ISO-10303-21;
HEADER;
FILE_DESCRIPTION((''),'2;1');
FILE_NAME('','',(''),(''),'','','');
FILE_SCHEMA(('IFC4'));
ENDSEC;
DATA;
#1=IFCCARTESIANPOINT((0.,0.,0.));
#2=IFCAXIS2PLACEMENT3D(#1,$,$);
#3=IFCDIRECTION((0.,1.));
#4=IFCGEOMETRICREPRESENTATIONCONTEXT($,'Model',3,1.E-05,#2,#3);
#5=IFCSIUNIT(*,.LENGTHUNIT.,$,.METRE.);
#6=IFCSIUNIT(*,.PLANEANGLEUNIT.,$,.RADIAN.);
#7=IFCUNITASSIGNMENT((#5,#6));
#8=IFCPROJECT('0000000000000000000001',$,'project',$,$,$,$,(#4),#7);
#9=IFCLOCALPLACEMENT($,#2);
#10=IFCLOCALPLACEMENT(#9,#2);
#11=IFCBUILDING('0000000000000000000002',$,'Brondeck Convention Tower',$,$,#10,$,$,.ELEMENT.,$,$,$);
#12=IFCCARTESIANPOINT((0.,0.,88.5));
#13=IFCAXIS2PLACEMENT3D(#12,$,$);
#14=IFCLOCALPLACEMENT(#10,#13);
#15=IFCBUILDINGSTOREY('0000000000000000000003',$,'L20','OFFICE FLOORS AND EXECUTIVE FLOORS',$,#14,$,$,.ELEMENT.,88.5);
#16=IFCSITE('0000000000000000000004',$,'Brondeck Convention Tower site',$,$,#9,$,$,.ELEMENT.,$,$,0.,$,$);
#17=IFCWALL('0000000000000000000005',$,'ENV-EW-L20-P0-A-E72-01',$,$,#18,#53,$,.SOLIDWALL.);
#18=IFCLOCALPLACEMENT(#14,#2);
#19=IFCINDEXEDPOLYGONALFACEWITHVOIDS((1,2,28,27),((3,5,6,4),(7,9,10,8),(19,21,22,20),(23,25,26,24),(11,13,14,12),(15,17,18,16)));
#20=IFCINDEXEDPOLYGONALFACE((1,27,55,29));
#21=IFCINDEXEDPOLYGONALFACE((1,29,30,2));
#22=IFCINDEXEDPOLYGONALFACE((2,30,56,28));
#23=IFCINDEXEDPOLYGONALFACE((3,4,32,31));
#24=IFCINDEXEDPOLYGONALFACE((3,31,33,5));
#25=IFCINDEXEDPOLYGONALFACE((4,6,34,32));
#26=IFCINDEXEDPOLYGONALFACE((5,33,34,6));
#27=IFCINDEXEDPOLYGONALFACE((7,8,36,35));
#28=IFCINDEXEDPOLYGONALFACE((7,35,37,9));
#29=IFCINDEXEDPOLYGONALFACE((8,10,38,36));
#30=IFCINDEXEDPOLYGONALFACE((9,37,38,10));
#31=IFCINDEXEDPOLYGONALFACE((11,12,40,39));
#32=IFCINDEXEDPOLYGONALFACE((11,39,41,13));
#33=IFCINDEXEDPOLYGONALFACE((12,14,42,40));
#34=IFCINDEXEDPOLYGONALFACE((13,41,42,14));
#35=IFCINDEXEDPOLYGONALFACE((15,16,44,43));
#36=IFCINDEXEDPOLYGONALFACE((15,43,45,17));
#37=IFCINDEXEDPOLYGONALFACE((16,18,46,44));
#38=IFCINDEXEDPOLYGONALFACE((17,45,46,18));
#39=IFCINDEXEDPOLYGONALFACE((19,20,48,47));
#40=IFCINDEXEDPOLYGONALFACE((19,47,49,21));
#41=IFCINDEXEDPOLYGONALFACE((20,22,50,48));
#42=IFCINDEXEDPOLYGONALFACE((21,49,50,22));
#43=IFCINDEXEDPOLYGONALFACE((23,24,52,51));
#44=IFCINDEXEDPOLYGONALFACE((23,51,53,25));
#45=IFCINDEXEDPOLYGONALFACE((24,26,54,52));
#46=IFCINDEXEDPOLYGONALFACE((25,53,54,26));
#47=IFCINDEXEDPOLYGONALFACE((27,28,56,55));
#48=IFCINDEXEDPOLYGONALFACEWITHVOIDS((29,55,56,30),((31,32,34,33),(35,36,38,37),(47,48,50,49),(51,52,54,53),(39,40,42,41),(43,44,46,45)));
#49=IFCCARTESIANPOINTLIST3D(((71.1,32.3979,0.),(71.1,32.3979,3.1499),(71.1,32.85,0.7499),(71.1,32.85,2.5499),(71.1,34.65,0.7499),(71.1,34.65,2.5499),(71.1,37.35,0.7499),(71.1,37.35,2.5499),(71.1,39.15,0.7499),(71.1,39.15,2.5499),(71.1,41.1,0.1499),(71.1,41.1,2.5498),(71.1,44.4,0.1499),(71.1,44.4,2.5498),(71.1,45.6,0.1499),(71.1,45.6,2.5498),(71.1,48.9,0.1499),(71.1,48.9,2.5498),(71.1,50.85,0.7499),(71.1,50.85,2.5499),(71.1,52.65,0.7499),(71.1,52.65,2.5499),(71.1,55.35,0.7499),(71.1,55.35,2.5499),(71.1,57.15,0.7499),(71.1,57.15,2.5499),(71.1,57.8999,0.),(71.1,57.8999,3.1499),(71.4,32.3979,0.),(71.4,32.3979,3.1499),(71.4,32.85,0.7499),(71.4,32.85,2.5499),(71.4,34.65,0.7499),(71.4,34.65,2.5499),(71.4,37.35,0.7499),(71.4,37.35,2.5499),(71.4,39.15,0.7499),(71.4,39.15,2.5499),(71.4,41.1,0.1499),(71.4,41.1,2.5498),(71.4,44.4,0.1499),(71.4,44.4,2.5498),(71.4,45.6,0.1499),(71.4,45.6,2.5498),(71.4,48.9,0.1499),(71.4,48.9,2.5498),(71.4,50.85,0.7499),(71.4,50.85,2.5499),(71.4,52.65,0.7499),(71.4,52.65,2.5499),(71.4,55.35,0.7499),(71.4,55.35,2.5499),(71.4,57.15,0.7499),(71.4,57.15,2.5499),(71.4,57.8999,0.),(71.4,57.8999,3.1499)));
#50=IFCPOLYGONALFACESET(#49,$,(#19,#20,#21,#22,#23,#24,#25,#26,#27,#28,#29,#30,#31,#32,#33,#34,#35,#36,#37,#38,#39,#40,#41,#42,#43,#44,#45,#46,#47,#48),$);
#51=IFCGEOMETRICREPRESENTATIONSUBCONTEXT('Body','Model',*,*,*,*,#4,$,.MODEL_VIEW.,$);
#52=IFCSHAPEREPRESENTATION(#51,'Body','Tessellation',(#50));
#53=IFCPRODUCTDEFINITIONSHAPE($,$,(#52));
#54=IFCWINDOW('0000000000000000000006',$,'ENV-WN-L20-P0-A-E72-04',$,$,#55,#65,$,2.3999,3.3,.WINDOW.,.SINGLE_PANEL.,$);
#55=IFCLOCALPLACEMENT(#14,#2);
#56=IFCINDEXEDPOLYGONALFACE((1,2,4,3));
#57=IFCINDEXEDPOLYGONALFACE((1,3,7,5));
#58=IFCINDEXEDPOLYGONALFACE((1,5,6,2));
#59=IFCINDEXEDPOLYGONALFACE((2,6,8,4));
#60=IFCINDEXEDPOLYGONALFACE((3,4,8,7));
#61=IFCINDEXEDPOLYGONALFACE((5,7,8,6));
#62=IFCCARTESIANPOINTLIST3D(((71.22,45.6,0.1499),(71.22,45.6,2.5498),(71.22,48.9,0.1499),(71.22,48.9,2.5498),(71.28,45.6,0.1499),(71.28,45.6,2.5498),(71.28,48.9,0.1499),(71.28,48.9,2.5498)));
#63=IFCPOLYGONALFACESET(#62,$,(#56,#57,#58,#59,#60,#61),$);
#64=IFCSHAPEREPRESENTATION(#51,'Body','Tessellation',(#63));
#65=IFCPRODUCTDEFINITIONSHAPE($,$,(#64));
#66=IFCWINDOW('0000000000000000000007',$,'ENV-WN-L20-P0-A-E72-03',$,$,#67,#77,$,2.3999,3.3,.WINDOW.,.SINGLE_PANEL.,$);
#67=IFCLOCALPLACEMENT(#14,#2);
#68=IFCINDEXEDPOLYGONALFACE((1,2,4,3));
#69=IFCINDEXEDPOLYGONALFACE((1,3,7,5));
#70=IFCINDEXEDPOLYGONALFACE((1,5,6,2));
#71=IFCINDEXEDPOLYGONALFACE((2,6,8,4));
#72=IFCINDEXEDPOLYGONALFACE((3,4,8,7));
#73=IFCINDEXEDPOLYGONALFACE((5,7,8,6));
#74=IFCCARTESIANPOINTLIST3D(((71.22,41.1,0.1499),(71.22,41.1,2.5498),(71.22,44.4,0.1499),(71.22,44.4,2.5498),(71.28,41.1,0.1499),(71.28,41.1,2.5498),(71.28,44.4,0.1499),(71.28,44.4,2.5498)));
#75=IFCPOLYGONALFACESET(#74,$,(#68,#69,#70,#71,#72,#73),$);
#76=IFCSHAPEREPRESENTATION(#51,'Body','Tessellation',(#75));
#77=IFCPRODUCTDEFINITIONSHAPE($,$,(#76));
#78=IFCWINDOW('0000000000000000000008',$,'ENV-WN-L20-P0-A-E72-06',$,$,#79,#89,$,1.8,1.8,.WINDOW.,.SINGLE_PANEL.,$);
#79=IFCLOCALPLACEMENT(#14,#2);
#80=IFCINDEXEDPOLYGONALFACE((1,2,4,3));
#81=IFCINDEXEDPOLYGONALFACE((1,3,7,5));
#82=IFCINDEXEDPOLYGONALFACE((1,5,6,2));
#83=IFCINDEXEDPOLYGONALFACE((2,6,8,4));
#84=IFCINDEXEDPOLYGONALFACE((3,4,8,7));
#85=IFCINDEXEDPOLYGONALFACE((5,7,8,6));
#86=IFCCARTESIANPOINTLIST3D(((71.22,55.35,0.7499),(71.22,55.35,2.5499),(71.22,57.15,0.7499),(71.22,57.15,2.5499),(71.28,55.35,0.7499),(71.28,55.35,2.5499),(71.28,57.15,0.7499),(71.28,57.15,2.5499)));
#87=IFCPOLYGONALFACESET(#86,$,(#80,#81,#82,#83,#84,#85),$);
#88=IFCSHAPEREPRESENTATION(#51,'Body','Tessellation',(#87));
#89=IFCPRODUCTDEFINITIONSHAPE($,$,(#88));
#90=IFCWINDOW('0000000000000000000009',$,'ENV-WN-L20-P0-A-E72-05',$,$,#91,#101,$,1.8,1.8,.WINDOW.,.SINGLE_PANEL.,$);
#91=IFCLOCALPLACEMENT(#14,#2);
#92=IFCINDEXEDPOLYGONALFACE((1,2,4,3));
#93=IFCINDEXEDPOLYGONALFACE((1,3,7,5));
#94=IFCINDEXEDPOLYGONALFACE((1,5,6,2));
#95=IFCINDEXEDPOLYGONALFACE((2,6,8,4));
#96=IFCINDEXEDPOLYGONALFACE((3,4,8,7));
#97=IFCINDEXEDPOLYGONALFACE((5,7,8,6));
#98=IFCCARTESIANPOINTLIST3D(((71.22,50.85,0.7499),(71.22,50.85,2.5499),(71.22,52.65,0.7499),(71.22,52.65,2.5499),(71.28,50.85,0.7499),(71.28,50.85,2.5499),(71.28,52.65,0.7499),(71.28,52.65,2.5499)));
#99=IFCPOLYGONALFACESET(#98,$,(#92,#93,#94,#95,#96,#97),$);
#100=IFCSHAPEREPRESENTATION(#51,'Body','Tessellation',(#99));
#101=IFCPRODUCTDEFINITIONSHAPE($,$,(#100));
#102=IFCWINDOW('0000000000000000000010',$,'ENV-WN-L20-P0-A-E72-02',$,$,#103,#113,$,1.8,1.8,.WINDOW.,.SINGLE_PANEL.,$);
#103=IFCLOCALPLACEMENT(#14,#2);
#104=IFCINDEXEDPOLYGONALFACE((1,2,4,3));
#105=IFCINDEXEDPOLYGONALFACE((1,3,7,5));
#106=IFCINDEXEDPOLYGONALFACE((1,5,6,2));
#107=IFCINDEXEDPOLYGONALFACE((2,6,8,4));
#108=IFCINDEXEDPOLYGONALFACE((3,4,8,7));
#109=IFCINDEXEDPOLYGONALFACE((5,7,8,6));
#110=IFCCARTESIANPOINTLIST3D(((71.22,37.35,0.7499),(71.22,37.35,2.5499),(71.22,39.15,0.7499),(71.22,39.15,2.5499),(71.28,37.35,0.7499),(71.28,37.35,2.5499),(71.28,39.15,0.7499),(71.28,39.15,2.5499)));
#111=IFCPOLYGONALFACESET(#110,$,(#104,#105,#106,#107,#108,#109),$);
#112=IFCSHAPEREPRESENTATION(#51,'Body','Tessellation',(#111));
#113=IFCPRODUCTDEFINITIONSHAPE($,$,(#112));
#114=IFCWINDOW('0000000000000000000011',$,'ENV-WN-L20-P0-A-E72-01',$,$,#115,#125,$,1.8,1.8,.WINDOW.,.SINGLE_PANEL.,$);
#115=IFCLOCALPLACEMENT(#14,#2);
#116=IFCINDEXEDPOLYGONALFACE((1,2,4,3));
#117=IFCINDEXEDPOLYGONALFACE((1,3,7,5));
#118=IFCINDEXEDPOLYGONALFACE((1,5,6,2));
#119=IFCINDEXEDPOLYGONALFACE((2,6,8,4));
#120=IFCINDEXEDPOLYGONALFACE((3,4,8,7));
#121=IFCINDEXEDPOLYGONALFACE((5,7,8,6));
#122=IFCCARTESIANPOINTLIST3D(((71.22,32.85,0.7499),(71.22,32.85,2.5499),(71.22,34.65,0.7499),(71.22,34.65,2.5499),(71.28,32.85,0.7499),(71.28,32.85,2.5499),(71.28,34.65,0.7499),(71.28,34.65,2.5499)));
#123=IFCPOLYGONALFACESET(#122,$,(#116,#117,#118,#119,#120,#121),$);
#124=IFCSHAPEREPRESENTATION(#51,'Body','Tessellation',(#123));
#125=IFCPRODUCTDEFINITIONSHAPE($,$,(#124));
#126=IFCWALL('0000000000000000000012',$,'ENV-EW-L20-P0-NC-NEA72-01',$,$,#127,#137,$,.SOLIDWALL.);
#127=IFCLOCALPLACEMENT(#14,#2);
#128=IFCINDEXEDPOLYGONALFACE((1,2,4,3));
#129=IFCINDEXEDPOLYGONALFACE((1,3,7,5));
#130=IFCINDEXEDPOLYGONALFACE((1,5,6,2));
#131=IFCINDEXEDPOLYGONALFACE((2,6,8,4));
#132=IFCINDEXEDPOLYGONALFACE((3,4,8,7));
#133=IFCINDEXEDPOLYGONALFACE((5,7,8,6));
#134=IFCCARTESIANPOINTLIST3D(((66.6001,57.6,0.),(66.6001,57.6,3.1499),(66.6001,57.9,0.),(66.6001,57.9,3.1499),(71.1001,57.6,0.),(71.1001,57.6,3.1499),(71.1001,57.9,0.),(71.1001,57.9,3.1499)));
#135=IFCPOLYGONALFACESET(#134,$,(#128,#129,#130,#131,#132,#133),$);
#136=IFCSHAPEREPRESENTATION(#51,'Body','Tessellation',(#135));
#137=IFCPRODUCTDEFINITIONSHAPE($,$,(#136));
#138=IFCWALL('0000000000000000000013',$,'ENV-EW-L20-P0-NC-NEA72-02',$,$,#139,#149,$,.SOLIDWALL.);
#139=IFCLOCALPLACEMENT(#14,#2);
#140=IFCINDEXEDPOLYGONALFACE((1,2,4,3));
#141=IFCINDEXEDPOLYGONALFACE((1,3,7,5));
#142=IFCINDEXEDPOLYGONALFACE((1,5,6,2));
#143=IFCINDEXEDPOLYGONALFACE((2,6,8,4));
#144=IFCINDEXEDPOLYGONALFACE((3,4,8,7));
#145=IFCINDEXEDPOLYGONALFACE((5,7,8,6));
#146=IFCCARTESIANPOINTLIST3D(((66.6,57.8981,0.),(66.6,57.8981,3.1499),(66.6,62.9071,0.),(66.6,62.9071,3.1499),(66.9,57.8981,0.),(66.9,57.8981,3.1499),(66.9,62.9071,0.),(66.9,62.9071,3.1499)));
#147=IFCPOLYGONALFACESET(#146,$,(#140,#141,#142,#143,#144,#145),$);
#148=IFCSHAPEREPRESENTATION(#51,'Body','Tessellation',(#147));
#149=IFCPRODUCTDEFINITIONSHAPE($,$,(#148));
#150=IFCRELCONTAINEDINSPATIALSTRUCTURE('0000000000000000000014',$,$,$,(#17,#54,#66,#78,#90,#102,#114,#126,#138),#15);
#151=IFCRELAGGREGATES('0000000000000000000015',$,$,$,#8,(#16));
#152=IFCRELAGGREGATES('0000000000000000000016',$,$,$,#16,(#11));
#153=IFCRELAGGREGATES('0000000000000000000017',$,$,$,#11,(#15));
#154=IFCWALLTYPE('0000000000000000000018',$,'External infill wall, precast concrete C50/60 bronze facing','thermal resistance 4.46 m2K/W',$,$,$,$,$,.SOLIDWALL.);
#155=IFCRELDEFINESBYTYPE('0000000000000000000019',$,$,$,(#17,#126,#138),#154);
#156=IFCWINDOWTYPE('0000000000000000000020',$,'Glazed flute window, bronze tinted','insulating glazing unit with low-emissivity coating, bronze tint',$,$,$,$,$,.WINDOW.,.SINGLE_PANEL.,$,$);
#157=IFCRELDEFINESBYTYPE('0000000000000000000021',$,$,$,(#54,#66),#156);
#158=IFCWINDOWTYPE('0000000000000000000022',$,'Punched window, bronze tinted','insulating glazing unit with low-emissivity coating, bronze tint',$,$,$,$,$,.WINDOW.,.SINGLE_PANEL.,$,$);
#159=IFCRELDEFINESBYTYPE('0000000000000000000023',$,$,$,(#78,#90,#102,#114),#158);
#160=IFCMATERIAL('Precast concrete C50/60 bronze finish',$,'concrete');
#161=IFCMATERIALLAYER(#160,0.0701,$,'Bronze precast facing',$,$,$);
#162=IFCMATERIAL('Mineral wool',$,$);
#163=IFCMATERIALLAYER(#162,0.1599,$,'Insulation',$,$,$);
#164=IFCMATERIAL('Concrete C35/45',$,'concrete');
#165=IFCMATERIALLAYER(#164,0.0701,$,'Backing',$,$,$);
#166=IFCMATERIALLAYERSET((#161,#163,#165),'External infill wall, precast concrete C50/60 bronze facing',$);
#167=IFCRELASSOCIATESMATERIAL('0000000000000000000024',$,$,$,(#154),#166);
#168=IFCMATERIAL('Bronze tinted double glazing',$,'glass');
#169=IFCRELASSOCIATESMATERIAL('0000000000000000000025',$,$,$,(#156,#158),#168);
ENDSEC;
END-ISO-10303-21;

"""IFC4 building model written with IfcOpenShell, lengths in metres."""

from ifc_helpers import new_model, si_unit, direction, frame, frame_2d, origin, place, context, subcontext, project, spatial, rectangle, extrude, material, layer, layer_set, type_object, element, fill, save


model = new_model("IFC4")

# Units and contexts
model_context = context("Model", 3, precision=1e-05, world=origin(), true_north=direction((0.0, 1.0)))
body_context = subcontext(model_context, "Body", "Model", "MODEL_VIEW")
ifc_project = project(units=[si_unit("LENGTHUNIT", "METRE"), si_unit("PLANEANGLEUNIT", "RADIAN")], contexts=[model_context])

# Site, building, storey
site_placement = place(None, origin())
site = spatial("IfcSite", under=ifc_project, at=site_placement, Name="Brondeck Convention Tower site", CompositionType="ELEMENT", RefElevation=0.0)
building_placement = place(site_placement, origin())
building = spatial("IfcBuilding", under=site, at=building_placement, Name="Brondeck Convention Tower", CompositionType="ELEMENT")
storey_placement = place(building_placement, frame((0.0, 0.0, 88.5)))
storey = spatial("IfcBuildingStorey", under=building, at=storey_placement, Name="L20", Description="OFFICE FLOORS AND EXECUTIVE FLOORS", CompositionType="ELEMENT", Elevation=88.5)

# Wall, openings, windows
ifc_material_1 = material(Name="Precast concrete C50/60 bronze finish", Category="concrete")
ifc_layer_1 = layer(ifc_material_1, 0.0701, Name="Bronze precast facing")
ifc_material_2 = material(Name="Mineral wool")
ifc_layer_2 = layer(ifc_material_2, 0.1599, Name="Insulation")
ifc_material_3 = material(Name="Concrete C35/45", Category="concrete")
ifc_layer_3 = layer(ifc_material_3, 0.0701, Name="Backing")
ifc_layer_set_1 = layer_set([ifc_layer_1, ifc_layer_2, ifc_layer_3], Name="External infill wall, precast concrete C50/60 bronze facing")
wall_type_1 = type_object("IfcWallType", Name="External infill wall, precast concrete C50/60 bronze facing", Description="thermal resistance 4.46 m2K/W", PredefinedType="SOLIDWALL", material=ifc_layer_set_1)
wall_1_placement = place(storey_placement, frame((71.25, 57.8999, 0.0), z_axis=(0.0, 0.0, 1.0), x_axis=(0.0, -1.0, 0.0)))
wall_1 = element("IfcWall", 1, at=wall_1_placement, inside=storey, type_object=wall_type_1, Name="ENV-EW-L20-P0-A-E72-01", PredefinedType="SOLIDWALL", context=body_context, shape_type="SweptSolid", body=[
    extrude(rectangle(XDim=25.502, YDim=0.3, at=frame_2d((12.751, 0.0))), origin(), (0.0, 0.0, 1.0), 3.1499),
])
opening_1_placement = place(wall_1_placement, frame((0.75, 0.0, 0.75)))
opening_1 = element("IfcOpeningElement", 2, at=opening_1_placement, cuts=wall_1, PredefinedType="OPENING", context=body_context, shape_type="SweptSolid", body=[
    extrude(rectangle(XDim=1.8, YDim=1.8, at=frame_2d((0.8999, 0.8999))), frame((0.0, 0.1599, 0.0), z_axis=(0.0, -1.0, 0.0), x_axis=(1.0, 0.0, 0.0)), (0.0, 0.0, 1.0), 0.3201),
])
opening_2_placement = place(wall_1_placement, frame((5.25, 0.0, 0.75)))
opening_2 = element("IfcOpeningElement", 3, at=opening_2_placement, cuts=wall_1, PredefinedType="OPENING", context=body_context, shape_type="SweptSolid", body=[
    extrude(rectangle(XDim=1.8, YDim=1.8, at=frame_2d((0.8999, 0.8999))), frame((0.0, 0.1599, 0.0), z_axis=(0.0, -1.0, 0.0), x_axis=(1.0, 0.0, 0.0)), (0.0, 0.0, 1.0), 0.3201),
])
opening_3_placement = place(wall_1_placement, frame((9.0, 0.0, 0.1499)))
opening_3 = element("IfcOpeningElement", 4, at=opening_3_placement, cuts=wall_1, PredefinedType="OPENING", context=body_context, shape_type="SweptSolid", body=[
    extrude(rectangle(XDim=3.3, YDim=2.3999, at=frame_2d((1.6499, 1.2))), frame((0.0, 0.1599, 0.0), z_axis=(0.0, -1.0, 0.0), x_axis=(1.0, 0.0, 0.0)), (0.0, 0.0, 1.0), 0.3201),
])
opening_4_placement = place(wall_1_placement, frame((13.5, 0.0, 0.1499)))
opening_4 = element("IfcOpeningElement", 5, at=opening_4_placement, cuts=wall_1, PredefinedType="OPENING", context=body_context, shape_type="SweptSolid", body=[
    extrude(rectangle(XDim=3.3, YDim=2.3999, at=frame_2d((1.6499, 1.2))), frame((0.0, 0.1599, 0.0), z_axis=(0.0, -1.0, 0.0), x_axis=(1.0, 0.0, 0.0)), (0.0, 0.0, 1.0), 0.3201),
])
opening_5_placement = place(wall_1_placement, frame((18.75, 0.0, 0.75)))
opening_5 = element("IfcOpeningElement", 6, at=opening_5_placement, cuts=wall_1, PredefinedType="OPENING", context=body_context, shape_type="SweptSolid", body=[
    extrude(rectangle(XDim=1.8, YDim=1.8, at=frame_2d((0.8999, 0.8999))), frame((0.0, 0.1599, 0.0), z_axis=(0.0, -1.0, 0.0), x_axis=(1.0, 0.0, 0.0)), (0.0, 0.0, 1.0), 0.3201),
])
opening_6_placement = place(wall_1_placement, frame((23.25, 0.0, 0.75)))
opening_6 = element("IfcOpeningElement", 7, at=opening_6_placement, cuts=wall_1, PredefinedType="OPENING", context=body_context, shape_type="SweptSolid", body=[
    extrude(rectangle(XDim=1.8, YDim=1.8, at=frame_2d((0.8999, 0.8999))), frame((0.0, 0.1599, 0.0), z_axis=(0.0, -1.0, 0.0), x_axis=(1.0, 0.0, 0.0)), (0.0, 0.0, 1.0), 0.3201),
])
ifc_material_4 = material(Name="Bronze tinted double glazing", Category="glass")
window_type_1 = type_object("IfcWindowType", Name="Glazed flute window, bronze tinted", Description="insulating glazing unit with low-emissivity coating, bronze tint", PartitioningType="SINGLE_PANEL", PredefinedType="WINDOW", material=ifc_material_4)
window_1_placement = place(opening_3_placement, origin())
window_1 = element("IfcWindow", 8, at=window_1_placement, inside=storey, type_object=window_type_1, Name="ENV-WN-L20-P0-A-E72-04", OverallHeight=2.3999, OverallWidth=3.3, PartitioningType="SINGLE_PANEL", PredefinedType="WINDOW", context=body_context, shape_type="SweptSolid", body=[
    extrude(rectangle(XDim=3.3, YDim=2.3999, at=frame_2d((1.6499, 1.2))), frame((0.0, 0.03, 0.0), z_axis=(0.0, -1.0, 0.0), x_axis=(1.0, 0.0, 0.0)), (0.0, 0.0, 1.0), 0.0601),
])
fill(opening_3, window_1)
window_2_placement = place(opening_4_placement, origin())
window_2 = element("IfcWindow", 9, at=window_2_placement, inside=storey, type_object=window_type_1, Name="ENV-WN-L20-P0-A-E72-03", OverallHeight=2.3999, OverallWidth=3.3, PartitioningType="SINGLE_PANEL", PredefinedType="WINDOW", context=body_context, shape_type="SweptSolid", body=[
    extrude(rectangle(XDim=3.3, YDim=2.3999, at=frame_2d((1.6499, 1.2))), frame((0.0, 0.03, 0.0), z_axis=(0.0, -1.0, 0.0), x_axis=(1.0, 0.0, 0.0)), (0.0, 0.0, 1.0), 0.0601),
])
fill(opening_4, window_2)
window_type_2 = type_object("IfcWindowType", Name="Punched window, bronze tinted", Description="insulating glazing unit with low-emissivity coating, bronze tint", PartitioningType="SINGLE_PANEL", PredefinedType="WINDOW", material=ifc_material_4)
window_3_placement = place(opening_1_placement, origin())
window_3 = element("IfcWindow", 10, at=window_3_placement, inside=storey, type_object=window_type_2, Name="ENV-WN-L20-P0-A-E72-06", OverallHeight=1.8, OverallWidth=1.8, PartitioningType="SINGLE_PANEL", PredefinedType="WINDOW", context=body_context, shape_type="SweptSolid", body=[
    extrude(rectangle(XDim=1.8, YDim=1.8, at=frame_2d((0.8999, 0.8999))), frame((0.0, 0.03, 0.0), z_axis=(0.0, -1.0, 0.0), x_axis=(1.0, 0.0, 0.0)), (0.0, 0.0, 1.0), 0.0601),
])
fill(opening_1, window_3)
window_4_placement = place(opening_2_placement, origin())
window_4 = element("IfcWindow", 11, at=window_4_placement, inside=storey, type_object=window_type_2, Name="ENV-WN-L20-P0-A-E72-05", OverallHeight=1.8, OverallWidth=1.8, PartitioningType="SINGLE_PANEL", PredefinedType="WINDOW", context=body_context, shape_type="SweptSolid", body=[
    extrude(rectangle(XDim=1.8, YDim=1.8, at=frame_2d((0.8999, 0.8999))), frame((0.0, 0.03, 0.0), z_axis=(0.0, -1.0, 0.0), x_axis=(1.0, 0.0, 0.0)), (0.0, 0.0, 1.0), 0.0601),
])
fill(opening_2, window_4)
window_5_placement = place(opening_5_placement, origin())
window_5 = element("IfcWindow", 12, at=window_5_placement, inside=storey, type_object=window_type_2, Name="ENV-WN-L20-P0-A-E72-02", OverallHeight=1.8, OverallWidth=1.8, PartitioningType="SINGLE_PANEL", PredefinedType="WINDOW", context=body_context, shape_type="SweptSolid", body=[
    extrude(rectangle(XDim=1.8, YDim=1.8, at=frame_2d((0.8999, 0.8999))), frame((0.0, 0.03, 0.0), z_axis=(0.0, -1.0, 0.0), x_axis=(1.0, 0.0, 0.0)), (0.0, 0.0, 1.0), 0.0601),
])
fill(opening_5, window_5)
window_6_placement = place(opening_6_placement, origin())
window_6 = element("IfcWindow", 13, at=window_6_placement, inside=storey, type_object=window_type_2, Name="ENV-WN-L20-P0-A-E72-01", OverallHeight=1.8, OverallWidth=1.8, PartitioningType="SINGLE_PANEL", PredefinedType="WINDOW", context=body_context, shape_type="SweptSolid", body=[
    extrude(rectangle(XDim=1.8, YDim=1.8, at=frame_2d((0.8999, 0.8999))), frame((0.0, 0.03, 0.0), z_axis=(0.0, -1.0, 0.0), x_axis=(1.0, 0.0, 0.0)), (0.0, 0.0, 1.0), 0.0601),
])
fill(opening_6, window_6)

# Walls
wall_2_placement = place(storey_placement, frame((66.6001, 57.75, 0.0), z_axis=(0.0, 0.0, 1.0), x_axis=(1.0, 0.0, 0.0)))
element("IfcWall", 14, at=wall_2_placement, inside=storey, type_object=wall_type_1, Name="ENV-EW-L20-P0-NC-NEA72-01", PredefinedType="SOLIDWALL", context=body_context, shape_type="SweptSolid", body=[
    extrude(rectangle(XDim=4.5, YDim=0.3, at=frame_2d((2.25, 0.0))), origin(), (0.0, 0.0, 1.0), 3.1499),
])
wall_3_placement = place(storey_placement, frame((66.75, 62.907, 0.0), z_axis=(0.0, 0.0, 1.0), x_axis=(0.0, -1.0, 0.0)))
element("IfcWall", 15, at=wall_3_placement, inside=storey, type_object=wall_type_1, Name="ENV-EW-L20-P0-NC-NEA72-02", PredefinedType="SOLIDWALL", context=body_context, shape_type="SweptSolid", body=[
    extrude(rectangle(XDim=5.009, YDim=0.3, at=frame_2d((2.5044, 0.0))), origin(), (0.0, 0.0, 1.0), 3.1499),
])

save(model, "model.ifc")
